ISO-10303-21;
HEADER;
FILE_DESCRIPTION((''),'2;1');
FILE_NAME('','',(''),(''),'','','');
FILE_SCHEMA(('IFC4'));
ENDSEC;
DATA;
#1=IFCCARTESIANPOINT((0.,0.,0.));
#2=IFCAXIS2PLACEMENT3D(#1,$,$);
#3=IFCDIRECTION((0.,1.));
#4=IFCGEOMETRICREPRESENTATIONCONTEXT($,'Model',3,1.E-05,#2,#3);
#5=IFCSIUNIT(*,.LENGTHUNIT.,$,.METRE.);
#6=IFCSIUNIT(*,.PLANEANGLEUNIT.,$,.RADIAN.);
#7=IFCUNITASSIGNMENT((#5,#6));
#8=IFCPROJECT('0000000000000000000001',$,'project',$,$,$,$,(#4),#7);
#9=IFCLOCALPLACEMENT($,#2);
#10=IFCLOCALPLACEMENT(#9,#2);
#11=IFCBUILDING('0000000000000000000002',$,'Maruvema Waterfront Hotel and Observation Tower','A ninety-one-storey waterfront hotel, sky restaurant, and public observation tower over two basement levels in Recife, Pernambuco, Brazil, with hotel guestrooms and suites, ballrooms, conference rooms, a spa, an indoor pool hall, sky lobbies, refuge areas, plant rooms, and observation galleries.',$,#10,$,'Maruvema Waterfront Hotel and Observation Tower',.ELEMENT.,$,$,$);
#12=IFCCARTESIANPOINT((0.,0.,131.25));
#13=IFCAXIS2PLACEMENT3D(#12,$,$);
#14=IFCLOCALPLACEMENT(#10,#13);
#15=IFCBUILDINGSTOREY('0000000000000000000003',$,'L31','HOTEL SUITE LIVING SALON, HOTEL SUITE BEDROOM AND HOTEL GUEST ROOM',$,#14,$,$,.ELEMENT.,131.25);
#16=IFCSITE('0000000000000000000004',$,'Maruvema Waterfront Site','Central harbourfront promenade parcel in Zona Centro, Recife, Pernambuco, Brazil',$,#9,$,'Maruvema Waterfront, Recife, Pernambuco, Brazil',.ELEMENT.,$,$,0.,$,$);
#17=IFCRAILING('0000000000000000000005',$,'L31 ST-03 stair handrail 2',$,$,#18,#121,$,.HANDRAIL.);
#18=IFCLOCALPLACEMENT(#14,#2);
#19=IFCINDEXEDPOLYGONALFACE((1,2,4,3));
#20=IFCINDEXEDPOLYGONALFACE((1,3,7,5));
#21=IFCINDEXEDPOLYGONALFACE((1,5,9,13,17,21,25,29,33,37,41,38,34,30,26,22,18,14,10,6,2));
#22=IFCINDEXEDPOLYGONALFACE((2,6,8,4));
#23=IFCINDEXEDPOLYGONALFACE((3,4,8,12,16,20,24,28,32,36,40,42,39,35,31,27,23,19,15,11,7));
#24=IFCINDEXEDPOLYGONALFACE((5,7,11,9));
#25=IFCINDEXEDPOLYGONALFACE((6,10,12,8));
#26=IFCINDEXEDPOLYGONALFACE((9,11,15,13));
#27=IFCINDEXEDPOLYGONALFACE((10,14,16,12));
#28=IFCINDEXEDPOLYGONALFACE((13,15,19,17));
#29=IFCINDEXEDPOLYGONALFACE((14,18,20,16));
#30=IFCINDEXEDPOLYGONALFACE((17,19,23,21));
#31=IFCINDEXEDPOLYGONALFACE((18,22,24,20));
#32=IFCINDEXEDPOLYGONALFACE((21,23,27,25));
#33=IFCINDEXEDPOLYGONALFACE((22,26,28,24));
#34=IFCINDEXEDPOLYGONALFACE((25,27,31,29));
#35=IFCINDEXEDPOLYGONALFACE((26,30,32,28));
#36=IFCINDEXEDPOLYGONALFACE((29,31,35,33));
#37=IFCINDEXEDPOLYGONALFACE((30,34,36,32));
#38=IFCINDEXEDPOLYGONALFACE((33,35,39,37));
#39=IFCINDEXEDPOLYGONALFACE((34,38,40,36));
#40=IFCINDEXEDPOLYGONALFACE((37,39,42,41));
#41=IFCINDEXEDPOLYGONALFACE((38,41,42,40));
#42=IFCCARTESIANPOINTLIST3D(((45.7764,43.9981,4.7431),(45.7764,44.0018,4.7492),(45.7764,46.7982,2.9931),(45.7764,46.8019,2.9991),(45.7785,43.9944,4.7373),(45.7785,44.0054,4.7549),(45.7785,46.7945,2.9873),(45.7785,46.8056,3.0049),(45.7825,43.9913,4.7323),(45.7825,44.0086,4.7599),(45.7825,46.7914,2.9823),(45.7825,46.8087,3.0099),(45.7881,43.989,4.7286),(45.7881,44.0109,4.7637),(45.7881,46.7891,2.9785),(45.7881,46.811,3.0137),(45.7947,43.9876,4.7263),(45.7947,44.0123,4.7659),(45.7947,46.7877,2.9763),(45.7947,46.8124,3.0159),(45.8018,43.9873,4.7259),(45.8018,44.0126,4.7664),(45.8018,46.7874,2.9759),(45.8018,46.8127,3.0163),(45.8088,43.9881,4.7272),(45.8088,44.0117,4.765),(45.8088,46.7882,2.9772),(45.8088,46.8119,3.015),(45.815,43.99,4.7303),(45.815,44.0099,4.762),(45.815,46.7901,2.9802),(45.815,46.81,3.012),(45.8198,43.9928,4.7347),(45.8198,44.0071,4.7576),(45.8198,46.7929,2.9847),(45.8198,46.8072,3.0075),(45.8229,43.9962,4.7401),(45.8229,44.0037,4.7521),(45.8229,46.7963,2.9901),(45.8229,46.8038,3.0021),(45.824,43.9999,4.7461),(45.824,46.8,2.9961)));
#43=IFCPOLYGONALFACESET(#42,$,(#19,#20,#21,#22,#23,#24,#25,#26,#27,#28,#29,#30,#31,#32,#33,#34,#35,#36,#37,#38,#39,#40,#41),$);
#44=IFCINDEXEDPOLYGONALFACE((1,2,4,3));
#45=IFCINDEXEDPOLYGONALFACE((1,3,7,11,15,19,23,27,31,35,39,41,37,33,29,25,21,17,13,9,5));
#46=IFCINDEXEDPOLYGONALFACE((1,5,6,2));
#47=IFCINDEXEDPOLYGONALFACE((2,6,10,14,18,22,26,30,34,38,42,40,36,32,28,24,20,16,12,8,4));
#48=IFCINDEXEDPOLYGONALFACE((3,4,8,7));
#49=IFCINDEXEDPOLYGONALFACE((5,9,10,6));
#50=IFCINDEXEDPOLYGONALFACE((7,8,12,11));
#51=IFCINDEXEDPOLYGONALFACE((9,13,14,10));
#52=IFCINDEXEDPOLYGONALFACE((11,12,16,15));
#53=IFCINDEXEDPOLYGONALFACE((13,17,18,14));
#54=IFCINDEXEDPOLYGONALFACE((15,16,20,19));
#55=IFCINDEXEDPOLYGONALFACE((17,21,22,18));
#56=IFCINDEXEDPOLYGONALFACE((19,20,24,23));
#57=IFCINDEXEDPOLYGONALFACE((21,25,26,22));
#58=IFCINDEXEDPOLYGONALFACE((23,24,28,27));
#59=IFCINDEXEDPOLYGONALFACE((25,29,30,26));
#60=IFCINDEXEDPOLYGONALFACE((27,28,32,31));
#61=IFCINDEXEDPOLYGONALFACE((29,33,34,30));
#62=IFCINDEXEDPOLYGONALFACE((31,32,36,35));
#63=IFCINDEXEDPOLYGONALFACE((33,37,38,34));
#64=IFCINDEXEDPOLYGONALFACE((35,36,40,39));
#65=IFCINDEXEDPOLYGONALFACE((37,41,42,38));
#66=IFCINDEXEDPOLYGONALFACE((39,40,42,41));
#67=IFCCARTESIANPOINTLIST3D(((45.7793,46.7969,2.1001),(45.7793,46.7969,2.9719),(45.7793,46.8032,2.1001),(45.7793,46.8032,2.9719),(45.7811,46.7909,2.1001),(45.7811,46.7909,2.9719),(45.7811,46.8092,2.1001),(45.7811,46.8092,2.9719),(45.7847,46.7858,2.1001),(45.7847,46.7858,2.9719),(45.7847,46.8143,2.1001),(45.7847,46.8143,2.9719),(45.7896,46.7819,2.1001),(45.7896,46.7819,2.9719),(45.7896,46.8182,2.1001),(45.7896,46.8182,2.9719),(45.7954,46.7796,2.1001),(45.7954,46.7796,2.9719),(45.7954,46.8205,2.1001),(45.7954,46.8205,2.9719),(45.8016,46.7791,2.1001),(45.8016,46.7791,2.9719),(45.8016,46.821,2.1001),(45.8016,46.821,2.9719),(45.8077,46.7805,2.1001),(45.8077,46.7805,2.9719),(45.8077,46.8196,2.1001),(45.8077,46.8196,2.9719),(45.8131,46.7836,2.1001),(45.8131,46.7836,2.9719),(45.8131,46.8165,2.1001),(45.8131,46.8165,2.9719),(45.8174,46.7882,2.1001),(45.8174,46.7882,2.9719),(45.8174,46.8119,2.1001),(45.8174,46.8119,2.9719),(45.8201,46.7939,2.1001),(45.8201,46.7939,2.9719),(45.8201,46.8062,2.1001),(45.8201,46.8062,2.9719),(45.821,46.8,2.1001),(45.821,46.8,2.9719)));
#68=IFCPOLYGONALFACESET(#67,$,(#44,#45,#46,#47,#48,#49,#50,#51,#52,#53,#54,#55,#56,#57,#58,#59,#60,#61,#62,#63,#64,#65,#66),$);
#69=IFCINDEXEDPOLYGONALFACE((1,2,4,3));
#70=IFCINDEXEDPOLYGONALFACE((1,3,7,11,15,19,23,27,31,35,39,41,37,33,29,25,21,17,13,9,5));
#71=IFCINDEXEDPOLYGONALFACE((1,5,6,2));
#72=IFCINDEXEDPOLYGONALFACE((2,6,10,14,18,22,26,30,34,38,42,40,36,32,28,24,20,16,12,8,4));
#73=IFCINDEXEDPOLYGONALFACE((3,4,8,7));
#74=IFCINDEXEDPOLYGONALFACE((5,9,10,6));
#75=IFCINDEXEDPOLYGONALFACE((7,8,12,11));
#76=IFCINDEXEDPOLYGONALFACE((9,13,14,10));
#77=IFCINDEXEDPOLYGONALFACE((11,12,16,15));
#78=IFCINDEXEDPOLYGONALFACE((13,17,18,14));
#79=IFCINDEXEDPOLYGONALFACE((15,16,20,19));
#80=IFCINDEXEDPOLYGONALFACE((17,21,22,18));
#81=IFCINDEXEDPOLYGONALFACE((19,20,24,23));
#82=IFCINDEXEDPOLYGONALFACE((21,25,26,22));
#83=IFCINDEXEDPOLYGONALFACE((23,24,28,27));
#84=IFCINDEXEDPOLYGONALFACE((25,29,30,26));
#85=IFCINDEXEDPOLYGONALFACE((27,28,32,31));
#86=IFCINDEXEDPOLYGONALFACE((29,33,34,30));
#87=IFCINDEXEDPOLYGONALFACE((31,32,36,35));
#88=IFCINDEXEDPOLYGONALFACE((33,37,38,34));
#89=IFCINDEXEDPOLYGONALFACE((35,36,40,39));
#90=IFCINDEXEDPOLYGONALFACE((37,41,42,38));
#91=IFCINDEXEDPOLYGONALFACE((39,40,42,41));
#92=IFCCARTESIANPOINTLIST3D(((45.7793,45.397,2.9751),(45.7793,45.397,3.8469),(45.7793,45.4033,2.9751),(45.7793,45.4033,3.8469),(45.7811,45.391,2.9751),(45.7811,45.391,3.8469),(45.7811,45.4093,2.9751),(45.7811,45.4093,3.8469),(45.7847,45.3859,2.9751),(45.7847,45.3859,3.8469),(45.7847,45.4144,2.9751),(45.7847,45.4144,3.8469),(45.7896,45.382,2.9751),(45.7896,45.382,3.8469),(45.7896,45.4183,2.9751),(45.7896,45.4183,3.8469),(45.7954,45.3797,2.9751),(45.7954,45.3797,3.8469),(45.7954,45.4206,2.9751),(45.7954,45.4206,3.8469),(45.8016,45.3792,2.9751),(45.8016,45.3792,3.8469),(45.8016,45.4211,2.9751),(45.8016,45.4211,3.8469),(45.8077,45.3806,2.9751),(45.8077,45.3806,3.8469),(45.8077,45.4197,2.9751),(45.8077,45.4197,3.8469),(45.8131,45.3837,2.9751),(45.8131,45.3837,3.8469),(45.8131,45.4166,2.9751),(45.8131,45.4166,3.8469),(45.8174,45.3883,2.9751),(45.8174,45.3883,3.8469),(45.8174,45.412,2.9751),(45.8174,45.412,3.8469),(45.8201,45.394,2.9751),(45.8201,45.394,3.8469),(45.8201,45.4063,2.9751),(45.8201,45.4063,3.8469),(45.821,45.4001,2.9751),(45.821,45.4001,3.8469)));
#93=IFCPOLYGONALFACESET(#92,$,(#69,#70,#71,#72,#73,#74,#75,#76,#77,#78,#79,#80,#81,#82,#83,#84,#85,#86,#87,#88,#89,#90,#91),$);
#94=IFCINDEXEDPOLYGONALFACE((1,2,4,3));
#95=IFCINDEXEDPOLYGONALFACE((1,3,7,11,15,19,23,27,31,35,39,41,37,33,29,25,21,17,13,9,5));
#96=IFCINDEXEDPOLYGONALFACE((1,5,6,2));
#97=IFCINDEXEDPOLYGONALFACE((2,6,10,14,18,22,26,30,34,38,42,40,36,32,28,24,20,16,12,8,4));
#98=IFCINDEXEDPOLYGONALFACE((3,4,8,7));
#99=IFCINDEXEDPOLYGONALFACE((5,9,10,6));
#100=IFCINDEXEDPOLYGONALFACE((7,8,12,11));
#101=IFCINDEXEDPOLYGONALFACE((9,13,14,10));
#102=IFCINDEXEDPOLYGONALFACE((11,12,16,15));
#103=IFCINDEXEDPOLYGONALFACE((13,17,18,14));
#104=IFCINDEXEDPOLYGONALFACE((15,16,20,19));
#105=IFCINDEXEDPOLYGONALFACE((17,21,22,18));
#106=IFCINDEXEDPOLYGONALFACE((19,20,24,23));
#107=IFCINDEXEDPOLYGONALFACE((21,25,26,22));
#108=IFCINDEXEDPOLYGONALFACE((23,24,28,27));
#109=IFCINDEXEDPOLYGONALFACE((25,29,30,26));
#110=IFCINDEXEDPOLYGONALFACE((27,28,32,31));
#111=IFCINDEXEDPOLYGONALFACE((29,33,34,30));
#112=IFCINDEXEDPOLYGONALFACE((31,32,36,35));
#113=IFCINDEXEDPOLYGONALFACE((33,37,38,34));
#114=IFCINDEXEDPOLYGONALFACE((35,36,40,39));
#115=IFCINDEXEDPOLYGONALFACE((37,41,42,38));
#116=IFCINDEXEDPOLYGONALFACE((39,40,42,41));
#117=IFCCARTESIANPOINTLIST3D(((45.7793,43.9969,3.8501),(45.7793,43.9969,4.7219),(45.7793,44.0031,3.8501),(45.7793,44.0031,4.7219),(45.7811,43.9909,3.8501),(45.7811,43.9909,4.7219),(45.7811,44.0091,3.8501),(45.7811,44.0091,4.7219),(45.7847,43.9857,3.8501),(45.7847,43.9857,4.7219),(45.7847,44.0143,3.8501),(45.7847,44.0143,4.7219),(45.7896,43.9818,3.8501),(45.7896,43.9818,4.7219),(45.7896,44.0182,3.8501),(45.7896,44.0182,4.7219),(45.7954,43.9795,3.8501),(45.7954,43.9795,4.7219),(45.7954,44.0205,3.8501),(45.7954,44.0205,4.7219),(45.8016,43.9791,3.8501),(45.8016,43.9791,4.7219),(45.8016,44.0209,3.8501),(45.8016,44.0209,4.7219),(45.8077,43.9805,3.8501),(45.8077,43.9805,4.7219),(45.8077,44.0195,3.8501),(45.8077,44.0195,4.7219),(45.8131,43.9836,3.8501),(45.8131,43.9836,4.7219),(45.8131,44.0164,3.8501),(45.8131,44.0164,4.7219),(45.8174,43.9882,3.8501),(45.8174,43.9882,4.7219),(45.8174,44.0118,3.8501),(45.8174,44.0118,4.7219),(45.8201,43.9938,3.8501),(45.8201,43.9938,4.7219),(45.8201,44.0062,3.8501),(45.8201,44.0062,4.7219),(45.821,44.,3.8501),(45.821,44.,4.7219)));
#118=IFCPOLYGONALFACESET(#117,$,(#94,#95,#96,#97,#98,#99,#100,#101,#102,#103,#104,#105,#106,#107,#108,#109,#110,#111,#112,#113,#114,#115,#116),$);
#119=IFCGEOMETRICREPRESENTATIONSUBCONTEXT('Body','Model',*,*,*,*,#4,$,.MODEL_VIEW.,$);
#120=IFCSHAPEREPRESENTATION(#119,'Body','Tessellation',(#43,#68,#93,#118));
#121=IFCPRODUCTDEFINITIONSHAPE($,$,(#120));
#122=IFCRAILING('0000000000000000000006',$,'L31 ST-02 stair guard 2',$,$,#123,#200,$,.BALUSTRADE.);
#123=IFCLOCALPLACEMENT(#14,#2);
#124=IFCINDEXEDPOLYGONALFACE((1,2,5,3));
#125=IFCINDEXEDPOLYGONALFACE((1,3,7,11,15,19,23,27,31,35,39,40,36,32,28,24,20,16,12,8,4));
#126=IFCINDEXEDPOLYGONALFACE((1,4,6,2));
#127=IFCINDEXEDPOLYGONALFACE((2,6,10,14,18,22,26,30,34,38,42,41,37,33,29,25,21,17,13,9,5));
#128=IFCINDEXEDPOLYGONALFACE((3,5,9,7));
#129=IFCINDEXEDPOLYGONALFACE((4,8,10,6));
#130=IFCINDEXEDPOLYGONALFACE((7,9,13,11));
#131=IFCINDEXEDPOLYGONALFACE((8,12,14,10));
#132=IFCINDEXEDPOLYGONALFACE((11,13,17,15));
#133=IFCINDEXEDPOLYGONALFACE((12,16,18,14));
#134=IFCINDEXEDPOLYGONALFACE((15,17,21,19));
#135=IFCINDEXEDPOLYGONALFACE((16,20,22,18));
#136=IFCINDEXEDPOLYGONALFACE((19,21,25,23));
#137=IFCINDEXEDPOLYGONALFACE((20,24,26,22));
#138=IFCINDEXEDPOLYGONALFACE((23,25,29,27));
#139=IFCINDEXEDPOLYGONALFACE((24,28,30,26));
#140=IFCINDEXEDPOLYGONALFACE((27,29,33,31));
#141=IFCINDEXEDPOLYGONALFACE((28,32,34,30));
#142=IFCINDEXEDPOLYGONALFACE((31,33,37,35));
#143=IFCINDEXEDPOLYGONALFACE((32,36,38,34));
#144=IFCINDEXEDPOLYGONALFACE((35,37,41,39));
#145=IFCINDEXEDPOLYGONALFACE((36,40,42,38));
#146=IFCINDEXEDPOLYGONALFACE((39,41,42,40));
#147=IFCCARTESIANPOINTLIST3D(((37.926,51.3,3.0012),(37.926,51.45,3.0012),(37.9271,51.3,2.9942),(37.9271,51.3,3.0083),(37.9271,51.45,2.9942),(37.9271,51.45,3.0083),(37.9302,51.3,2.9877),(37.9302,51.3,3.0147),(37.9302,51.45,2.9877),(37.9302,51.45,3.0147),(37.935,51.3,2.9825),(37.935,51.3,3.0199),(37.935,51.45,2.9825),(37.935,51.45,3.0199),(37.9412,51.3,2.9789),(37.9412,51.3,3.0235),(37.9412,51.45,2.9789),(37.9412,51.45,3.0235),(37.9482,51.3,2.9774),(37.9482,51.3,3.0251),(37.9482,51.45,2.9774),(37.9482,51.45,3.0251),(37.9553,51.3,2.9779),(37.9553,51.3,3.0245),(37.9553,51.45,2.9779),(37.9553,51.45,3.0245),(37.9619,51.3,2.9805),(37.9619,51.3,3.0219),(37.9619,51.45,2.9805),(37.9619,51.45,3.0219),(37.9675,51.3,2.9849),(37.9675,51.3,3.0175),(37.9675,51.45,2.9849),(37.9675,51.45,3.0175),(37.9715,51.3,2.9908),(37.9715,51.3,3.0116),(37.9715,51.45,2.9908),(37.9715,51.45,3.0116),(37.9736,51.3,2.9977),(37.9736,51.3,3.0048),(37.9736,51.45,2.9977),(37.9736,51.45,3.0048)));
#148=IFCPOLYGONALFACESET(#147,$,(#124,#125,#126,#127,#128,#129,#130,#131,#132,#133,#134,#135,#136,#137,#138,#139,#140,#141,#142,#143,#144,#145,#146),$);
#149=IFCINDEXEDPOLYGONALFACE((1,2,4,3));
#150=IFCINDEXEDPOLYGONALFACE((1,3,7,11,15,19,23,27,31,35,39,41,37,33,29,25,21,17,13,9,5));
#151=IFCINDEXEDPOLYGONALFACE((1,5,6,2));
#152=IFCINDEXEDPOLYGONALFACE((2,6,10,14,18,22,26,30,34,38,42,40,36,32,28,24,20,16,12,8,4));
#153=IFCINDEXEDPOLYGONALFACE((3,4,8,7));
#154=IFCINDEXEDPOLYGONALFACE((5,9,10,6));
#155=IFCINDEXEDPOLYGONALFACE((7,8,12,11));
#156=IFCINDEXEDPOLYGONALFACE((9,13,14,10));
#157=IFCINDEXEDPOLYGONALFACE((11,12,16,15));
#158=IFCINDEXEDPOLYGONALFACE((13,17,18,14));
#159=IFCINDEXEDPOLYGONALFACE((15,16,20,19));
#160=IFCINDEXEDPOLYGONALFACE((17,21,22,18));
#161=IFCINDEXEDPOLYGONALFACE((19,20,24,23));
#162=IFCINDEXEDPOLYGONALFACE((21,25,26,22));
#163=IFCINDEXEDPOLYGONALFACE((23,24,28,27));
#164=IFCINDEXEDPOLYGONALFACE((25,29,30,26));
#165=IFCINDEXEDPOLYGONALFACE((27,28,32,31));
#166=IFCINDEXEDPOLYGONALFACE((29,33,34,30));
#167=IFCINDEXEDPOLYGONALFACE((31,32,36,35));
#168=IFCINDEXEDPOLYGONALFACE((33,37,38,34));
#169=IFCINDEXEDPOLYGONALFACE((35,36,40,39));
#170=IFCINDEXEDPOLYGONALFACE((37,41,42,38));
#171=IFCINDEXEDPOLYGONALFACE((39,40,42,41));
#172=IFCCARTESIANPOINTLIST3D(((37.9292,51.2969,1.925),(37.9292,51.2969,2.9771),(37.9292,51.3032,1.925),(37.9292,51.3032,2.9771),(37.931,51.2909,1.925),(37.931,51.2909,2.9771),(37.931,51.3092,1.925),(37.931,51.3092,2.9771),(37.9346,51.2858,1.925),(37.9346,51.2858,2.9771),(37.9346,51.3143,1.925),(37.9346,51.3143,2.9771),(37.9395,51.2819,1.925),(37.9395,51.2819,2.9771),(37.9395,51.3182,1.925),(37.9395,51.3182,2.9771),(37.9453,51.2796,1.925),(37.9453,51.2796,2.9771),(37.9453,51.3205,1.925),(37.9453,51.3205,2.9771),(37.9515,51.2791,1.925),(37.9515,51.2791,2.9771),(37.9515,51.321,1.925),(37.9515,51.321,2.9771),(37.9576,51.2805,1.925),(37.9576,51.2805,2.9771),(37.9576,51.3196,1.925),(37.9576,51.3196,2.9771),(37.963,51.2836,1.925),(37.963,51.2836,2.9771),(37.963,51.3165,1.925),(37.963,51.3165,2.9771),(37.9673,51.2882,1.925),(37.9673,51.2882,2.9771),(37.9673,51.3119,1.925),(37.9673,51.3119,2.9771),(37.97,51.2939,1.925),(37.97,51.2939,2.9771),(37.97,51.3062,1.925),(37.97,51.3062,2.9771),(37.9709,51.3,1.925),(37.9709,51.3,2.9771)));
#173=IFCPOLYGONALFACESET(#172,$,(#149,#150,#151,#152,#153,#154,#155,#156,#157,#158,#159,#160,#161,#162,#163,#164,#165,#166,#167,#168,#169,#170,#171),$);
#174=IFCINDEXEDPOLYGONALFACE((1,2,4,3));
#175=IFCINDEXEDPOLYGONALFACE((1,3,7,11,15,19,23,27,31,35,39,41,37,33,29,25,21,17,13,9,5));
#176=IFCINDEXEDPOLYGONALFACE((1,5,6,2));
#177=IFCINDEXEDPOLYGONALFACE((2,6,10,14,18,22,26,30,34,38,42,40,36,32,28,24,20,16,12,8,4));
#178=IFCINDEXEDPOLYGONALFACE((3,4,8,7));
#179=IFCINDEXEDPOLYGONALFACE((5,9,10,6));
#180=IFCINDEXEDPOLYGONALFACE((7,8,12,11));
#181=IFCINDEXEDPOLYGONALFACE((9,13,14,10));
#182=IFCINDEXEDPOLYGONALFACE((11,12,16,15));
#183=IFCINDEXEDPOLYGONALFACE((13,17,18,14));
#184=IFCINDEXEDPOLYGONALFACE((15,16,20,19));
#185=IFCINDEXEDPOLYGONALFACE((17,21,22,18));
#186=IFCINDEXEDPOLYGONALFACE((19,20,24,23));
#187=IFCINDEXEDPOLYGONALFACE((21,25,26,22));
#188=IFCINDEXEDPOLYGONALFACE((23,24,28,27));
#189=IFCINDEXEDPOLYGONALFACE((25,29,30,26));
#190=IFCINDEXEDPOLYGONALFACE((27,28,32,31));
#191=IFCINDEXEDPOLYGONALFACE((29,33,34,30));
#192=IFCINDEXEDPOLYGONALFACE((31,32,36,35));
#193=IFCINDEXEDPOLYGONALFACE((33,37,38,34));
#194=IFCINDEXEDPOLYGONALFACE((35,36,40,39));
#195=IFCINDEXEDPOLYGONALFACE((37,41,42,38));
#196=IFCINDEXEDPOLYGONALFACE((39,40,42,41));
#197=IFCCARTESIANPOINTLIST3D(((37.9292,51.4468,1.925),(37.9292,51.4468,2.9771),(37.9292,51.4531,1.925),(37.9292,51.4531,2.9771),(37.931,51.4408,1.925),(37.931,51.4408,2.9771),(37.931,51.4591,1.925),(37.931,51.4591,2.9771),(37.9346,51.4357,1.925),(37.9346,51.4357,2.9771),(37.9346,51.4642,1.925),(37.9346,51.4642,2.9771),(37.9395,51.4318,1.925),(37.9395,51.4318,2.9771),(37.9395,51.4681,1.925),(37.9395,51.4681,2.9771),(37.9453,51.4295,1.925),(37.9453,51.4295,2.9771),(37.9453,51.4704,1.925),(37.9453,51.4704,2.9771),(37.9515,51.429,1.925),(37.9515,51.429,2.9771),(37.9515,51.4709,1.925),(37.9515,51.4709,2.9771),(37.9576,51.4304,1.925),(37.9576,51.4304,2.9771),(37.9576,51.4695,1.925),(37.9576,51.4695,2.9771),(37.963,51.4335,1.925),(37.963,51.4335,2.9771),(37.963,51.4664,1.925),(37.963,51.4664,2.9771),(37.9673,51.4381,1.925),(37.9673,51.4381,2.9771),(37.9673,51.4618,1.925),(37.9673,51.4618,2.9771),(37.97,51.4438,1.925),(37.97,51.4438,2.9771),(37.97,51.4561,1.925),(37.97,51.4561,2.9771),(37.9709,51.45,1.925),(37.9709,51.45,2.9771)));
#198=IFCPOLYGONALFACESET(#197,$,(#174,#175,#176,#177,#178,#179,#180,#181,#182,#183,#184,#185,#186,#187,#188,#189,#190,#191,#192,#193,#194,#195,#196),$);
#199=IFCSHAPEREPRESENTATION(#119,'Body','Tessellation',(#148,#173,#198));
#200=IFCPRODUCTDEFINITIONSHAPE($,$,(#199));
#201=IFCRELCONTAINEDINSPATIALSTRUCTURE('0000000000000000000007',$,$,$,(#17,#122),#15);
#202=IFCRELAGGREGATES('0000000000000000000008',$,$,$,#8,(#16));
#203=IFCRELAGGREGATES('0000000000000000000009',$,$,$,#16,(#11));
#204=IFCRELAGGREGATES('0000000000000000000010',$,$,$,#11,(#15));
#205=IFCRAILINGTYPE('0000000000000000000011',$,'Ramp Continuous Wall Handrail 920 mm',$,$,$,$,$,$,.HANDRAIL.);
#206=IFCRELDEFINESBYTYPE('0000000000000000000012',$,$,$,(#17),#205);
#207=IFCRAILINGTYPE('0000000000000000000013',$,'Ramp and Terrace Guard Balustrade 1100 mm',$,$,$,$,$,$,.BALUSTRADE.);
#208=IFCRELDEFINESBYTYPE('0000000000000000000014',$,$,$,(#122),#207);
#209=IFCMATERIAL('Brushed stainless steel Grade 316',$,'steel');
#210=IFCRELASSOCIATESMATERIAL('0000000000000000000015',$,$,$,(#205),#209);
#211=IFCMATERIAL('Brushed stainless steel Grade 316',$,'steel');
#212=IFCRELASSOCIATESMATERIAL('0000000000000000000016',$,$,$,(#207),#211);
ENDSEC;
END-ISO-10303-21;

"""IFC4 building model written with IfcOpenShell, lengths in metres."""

from ifc_helpers import new_model, si_unit, direction, frame, origin, origin_2d, place, context, subcontext, project, spatial, circle, extrude, material, type_object, element, save


model = new_model("IFC4")

# Units and contexts
model_context = context("Model", 3, precision=1e-05, world=origin(), true_north=direction((0.0, 1.0)))
body_context = subcontext(model_context, "Body", "Model", "MODEL_VIEW")
ifc_project = project(units=[si_unit("LENGTHUNIT", "METRE"), si_unit("PLANEANGLEUNIT", "RADIAN")], contexts=[model_context])

# Site, building, storey
site_placement = place(None, origin())
site = spatial("IfcSite", under=ifc_project, at=site_placement, Name="Maruvema Waterfront Site", Description="Central harbourfront promenade parcel in Zona Centro, Recife, Pernambuco, Brazil", LongName="Maruvema Waterfront, Recife, Pernambuco, Brazil", CompositionType="ELEMENT", RefElevation=0.0)
building_placement = place(site_placement, origin())
building = spatial("IfcBuilding", under=site, at=building_placement, Name="Maruvema Waterfront Hotel and Observation Tower", Description="A ninety-one-storey waterfront hotel, sky restaurant, and public observation tower over two basement levels in Recife, Pernambuco, Brazil, with hotel guestrooms and suites, ballrooms, conference rooms, a spa, an indoor pool hall, sky lobbies, refuge areas, plant rooms, and observation galleries.", LongName="Maruvema Waterfront Hotel and Observation Tower", CompositionType="ELEMENT")
storey_placement = place(building_placement, frame((0.0, 0.0, 131.25)))
storey = spatial("IfcBuildingStorey", under=building, at=storey_placement, Name="L31", Description="HOTEL SUITE LIVING SALON, HOTEL SUITE BEDROOM AND HOTEL GUEST ROOM", CompositionType="ELEMENT", Elevation=131.25)

# Railings
ifc_material_1 = material(Name="Brushed stainless steel Grade 316", Category="steel")
railing_type_1 = type_object("IfcRailingType", Name="Ramp Continuous Wall Handrail 920 mm", PredefinedType="HANDRAIL", material=ifc_material_1)
railing_1_placement = place(storey_placement, frame((45.8, 46.8, 2.1001)))
element("IfcRailing", 1, at=railing_1_placement, inside=storey, type_object=railing_type_1, Name="L31 ST-03 stair handrail 2", PredefinedType="HANDRAIL", context=body_context, shape_type="SweptSolid", body=[
    extrude(circle(Radius=0.0239, at=origin_2d()), frame((0.0, 0.0, 0.896), z_axis=(0.0, -0.848002, 0.529992), x_axis=(1.0, 0.0, 0.0)), (0.0, 0.0, 1.0), 3.302),
    extrude(circle(Radius=0.021, at=origin_2d()), origin(), (0.0, 0.0, 1.0), 0.8718),
    extrude(circle(Radius=0.021, at=origin_2d()), frame((0.0, -1.3999, 0.875)), (0.0, 0.0, 1.0), 0.8718),
    extrude(circle(Radius=0.021, at=origin_2d()), frame((0.0, -2.8, 1.75)), (0.0, 0.0, 1.0), 0.8718),
])
ifc_material_2 = material(Name="Brushed stainless steel Grade 316", Category="steel")
railing_type_2 = type_object("IfcRailingType", Name="Ramp and Terrace Guard Balustrade 1100 mm", PredefinedType="BALUSTRADE", material=ifc_material_2)
railing_2_placement = place(storey_placement, frame((37.95, 51.3, 1.925)))
element("IfcRailing", 2, at=railing_2_placement, inside=storey, type_object=railing_type_2, Name="L31 ST-02 stair guard 2", PredefinedType="BALUSTRADE", context=body_context, shape_type="SweptSolid", body=[
    extrude(circle(Radius=0.0239, at=origin_2d()), frame((0.0, 0.0, 1.0762), z_axis=(0.0, 1.0, 0.0), x_axis=(-1.0, 0.0, 0.0)), (0.0, 0.0, 1.0), 0.1499),
    extrude(circle(Radius=0.021, at=origin_2d()), origin(), (0.0, 0.0, 1.0), 1.052),
    extrude(circle(Radius=0.021, at=origin_2d()), frame((0.0, 0.1499, 0.0)), (0.0, 0.0, 1.0), 1.052),
])

save(model, "model.ifc")
